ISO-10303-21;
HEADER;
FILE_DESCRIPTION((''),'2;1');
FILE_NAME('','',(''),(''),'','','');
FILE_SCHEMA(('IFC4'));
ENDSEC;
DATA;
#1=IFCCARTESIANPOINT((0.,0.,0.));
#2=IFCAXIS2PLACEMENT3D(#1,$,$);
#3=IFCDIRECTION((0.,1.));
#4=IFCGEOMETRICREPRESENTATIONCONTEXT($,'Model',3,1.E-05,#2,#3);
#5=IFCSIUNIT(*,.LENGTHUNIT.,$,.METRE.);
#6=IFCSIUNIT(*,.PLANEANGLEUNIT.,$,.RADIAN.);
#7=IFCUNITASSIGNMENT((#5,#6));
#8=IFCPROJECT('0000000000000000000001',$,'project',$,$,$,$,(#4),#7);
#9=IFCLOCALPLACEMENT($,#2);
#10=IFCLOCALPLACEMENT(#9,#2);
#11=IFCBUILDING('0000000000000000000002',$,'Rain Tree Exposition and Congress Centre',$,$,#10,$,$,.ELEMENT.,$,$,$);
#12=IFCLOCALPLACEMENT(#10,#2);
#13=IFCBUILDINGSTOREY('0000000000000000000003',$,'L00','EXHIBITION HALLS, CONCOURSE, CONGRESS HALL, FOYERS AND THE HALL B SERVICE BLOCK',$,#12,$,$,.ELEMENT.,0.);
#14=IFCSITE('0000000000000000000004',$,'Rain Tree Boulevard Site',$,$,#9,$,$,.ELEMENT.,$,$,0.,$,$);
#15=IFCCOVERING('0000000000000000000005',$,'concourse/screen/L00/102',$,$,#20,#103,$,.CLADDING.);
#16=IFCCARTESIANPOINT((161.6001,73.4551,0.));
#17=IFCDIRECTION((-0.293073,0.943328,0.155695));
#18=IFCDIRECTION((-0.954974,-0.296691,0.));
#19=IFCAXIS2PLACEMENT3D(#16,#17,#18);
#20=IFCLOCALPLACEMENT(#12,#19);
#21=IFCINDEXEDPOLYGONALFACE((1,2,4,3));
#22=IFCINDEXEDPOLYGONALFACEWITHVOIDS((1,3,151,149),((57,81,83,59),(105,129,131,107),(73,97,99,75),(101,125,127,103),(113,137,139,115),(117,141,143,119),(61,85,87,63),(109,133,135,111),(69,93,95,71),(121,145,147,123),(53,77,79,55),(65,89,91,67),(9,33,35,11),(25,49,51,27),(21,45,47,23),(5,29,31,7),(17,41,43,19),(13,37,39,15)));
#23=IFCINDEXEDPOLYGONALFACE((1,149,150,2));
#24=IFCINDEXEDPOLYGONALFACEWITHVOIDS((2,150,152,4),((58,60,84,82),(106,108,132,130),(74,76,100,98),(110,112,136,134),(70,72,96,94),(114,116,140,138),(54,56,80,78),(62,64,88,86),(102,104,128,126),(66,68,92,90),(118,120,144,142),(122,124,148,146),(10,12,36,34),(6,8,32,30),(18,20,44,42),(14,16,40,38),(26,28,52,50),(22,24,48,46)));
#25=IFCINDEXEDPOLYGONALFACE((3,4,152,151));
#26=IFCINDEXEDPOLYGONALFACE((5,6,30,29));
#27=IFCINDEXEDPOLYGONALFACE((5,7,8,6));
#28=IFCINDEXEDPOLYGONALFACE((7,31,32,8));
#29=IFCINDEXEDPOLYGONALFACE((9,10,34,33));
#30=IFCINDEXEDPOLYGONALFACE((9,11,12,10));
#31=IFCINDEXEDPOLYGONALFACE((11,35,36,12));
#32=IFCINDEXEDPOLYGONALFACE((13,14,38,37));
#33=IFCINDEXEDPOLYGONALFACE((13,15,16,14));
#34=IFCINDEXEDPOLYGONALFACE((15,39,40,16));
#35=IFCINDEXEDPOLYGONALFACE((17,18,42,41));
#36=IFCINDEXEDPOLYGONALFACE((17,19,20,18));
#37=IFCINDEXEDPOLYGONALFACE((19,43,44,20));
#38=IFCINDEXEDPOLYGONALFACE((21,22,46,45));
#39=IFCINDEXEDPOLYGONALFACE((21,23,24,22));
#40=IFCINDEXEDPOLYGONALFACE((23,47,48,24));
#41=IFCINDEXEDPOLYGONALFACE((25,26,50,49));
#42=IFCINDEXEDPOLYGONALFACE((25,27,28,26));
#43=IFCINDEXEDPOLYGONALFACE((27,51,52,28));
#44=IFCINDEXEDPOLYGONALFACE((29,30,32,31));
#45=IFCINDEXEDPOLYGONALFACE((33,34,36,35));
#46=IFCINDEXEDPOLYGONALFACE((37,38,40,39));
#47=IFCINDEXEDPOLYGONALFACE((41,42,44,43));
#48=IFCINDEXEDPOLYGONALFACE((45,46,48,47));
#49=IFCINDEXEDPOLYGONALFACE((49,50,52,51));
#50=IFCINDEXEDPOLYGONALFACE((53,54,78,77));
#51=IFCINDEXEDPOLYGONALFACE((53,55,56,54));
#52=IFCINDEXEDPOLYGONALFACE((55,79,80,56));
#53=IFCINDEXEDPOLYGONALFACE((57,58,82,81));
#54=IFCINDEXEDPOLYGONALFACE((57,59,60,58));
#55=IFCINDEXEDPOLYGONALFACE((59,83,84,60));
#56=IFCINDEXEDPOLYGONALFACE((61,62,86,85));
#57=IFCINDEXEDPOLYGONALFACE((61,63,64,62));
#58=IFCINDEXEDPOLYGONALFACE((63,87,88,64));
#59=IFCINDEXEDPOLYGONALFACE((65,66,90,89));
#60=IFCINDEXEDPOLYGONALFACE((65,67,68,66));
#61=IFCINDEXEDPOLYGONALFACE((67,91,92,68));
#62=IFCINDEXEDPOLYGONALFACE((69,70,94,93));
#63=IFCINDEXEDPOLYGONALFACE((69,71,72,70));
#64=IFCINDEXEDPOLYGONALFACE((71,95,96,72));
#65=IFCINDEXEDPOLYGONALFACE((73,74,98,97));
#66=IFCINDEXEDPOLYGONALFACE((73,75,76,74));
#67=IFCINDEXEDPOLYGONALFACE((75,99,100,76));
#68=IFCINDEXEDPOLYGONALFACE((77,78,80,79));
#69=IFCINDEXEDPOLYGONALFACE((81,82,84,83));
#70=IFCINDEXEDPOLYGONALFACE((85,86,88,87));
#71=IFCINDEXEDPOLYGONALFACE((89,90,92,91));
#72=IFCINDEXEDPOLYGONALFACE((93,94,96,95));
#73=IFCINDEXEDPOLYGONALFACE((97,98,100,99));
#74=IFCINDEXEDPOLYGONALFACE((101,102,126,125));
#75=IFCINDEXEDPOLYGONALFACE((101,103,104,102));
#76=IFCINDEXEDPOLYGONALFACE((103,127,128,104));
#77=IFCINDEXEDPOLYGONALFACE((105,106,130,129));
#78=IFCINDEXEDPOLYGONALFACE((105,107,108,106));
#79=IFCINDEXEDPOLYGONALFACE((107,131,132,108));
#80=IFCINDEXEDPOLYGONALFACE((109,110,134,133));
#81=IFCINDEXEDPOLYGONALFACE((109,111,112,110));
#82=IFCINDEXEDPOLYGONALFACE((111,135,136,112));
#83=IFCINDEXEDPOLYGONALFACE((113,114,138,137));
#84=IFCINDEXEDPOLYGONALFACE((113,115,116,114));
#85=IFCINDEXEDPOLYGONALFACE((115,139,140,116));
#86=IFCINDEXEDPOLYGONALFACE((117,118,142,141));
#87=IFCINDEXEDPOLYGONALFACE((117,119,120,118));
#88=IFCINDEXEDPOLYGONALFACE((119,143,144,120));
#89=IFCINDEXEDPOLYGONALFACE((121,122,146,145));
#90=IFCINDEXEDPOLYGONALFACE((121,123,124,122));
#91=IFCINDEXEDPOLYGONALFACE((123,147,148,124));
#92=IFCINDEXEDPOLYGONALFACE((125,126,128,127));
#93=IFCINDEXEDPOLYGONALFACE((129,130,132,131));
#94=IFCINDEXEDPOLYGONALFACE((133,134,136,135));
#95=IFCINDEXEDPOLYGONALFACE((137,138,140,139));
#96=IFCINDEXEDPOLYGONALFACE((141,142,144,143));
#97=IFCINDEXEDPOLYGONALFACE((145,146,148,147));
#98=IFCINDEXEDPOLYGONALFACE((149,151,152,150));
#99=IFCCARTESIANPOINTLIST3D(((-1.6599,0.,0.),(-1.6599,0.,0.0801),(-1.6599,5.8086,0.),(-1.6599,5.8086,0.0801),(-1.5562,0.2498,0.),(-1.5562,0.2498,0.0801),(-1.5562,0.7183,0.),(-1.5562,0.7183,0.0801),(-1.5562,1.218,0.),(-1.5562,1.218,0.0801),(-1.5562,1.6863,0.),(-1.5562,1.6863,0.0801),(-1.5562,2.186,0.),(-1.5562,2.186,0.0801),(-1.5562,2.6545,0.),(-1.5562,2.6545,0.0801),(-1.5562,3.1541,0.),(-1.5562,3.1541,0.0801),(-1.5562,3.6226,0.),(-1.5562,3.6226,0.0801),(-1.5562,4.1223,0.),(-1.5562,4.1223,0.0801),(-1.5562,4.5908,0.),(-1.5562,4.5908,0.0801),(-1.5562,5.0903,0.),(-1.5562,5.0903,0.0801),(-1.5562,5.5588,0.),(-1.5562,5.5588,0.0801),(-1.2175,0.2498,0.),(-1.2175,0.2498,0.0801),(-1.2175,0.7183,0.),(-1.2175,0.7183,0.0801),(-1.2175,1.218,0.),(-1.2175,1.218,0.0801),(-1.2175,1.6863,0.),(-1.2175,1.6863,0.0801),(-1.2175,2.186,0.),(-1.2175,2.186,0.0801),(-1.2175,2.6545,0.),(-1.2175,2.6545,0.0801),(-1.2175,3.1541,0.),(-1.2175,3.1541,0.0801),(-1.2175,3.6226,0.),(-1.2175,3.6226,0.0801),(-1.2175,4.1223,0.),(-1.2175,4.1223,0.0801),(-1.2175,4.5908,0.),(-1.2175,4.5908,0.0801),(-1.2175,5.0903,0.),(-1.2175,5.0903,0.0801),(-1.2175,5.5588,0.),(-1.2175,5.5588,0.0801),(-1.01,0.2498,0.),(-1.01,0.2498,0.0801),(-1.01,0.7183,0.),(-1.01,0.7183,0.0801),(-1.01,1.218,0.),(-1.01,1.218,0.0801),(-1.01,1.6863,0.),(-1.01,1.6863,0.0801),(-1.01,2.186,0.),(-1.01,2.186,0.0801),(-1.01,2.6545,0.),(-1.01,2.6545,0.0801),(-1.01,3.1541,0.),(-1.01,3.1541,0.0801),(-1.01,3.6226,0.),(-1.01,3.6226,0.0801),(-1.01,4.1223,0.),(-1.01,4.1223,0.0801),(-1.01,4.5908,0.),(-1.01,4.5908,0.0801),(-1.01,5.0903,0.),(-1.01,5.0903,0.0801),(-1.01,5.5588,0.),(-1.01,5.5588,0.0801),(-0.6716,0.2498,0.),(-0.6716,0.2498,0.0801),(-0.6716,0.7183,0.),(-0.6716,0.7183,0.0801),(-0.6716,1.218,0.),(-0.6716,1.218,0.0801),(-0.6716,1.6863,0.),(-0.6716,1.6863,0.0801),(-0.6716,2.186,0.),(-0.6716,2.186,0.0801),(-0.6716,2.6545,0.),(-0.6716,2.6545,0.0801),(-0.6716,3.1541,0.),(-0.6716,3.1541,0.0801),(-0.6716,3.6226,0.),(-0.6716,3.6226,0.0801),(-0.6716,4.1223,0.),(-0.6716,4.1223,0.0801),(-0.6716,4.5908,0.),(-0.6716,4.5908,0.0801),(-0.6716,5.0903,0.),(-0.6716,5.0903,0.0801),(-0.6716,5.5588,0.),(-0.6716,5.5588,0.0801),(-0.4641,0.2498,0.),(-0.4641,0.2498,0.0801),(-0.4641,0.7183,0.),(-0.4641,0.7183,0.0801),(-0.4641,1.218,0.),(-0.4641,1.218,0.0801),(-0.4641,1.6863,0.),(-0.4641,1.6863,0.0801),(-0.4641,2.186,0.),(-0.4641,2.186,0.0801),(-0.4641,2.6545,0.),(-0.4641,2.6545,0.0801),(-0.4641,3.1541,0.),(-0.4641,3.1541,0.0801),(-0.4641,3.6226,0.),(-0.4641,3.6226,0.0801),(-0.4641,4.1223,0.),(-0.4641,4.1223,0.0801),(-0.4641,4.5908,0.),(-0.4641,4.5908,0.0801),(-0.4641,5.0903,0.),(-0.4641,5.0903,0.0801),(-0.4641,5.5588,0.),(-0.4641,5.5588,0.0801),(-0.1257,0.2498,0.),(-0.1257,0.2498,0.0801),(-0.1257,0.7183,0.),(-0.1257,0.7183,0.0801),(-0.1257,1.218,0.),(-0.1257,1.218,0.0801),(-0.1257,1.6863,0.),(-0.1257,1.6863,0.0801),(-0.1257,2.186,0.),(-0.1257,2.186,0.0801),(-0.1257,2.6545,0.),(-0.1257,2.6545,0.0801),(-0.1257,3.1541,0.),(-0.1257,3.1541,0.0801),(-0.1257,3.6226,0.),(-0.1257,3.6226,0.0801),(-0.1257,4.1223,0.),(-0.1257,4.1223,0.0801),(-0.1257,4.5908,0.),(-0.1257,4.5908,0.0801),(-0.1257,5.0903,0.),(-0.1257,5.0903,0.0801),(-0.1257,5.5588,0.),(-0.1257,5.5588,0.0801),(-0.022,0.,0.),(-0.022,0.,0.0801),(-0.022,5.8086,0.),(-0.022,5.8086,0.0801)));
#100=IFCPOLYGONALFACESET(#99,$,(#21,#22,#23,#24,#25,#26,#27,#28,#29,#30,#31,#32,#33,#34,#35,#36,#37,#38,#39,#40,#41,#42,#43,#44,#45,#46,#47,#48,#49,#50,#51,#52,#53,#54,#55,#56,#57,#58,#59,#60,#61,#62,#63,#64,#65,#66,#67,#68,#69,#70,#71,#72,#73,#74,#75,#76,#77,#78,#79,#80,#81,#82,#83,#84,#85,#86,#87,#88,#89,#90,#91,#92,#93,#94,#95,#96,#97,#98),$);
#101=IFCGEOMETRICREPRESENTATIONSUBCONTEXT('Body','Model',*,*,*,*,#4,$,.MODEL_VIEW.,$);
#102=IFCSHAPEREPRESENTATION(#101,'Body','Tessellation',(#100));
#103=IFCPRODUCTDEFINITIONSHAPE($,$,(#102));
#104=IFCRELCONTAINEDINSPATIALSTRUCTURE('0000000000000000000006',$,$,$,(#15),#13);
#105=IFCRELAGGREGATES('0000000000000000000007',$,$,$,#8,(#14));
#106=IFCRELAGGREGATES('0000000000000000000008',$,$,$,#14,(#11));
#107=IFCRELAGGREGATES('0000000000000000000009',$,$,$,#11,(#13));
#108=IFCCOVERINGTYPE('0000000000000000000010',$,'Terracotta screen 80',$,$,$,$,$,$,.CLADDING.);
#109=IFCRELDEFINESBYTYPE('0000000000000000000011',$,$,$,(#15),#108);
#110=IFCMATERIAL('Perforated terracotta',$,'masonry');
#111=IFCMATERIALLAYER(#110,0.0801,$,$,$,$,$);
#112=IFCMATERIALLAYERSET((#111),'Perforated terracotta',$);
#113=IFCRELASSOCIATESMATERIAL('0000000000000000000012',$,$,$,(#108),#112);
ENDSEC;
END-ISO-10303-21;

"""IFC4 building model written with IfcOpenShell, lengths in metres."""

from ifc_helpers import new_model, si_unit, direction, frame, origin, place, context, subcontext, project, spatial, polyline, outline, extrude, material, layer, layer_set, type_object, element, save


model = new_model("IFC4")

# Units and contexts
model_context = context("Model", 3, precision=1e-05, world=origin(), true_north=direction((0.0, 1.0)))
body_context = subcontext(model_context, "Body", "Model", "MODEL_VIEW")
ifc_project = project(units=[si_unit("LENGTHUNIT", "METRE"), si_unit("PLANEANGLEUNIT", "RADIAN")], contexts=[model_context])

# Site, building, storey
site_placement = place(None, origin())
site = spatial("IfcSite", under=ifc_project, at=site_placement, Name="Rain Tree Boulevard Site", CompositionType="ELEMENT", RefElevation=0.0)
building_placement = place(site_placement, origin())
building = spatial("IfcBuilding", under=site, at=building_placement, Name="Rain Tree Exposition and Congress Centre", CompositionType="ELEMENT")
storey_placement = place(building_placement, origin())
storey = spatial("IfcBuildingStorey", under=building, at=storey_placement, Name="L00", Description="EXHIBITION HALLS, CONCOURSE, CONGRESS HALL, FOYERS AND THE HALL B SERVICE BLOCK", CompositionType="ELEMENT", Elevation=0.0)

# Covering
ifc_material_1 = material(Name="Perforated terracotta", Category="masonry")
ifc_layer_1 = layer(ifc_material_1, 0.0801)
ifc_layer_set_1 = layer_set([ifc_layer_1], Name="Perforated terracotta")
covering_type = type_object("IfcCoveringType", Name="Terracotta screen 80", PredefinedType="CLADDING", material=ifc_layer_set_1)
covering_1_placement = place(storey_placement, frame((161.6001, 73.4551, 0.0), z_axis=(-0.293073, 0.943328, 0.155695), x_axis=(-0.954974, -0.296691, 0.0)))
element("IfcCovering", 1, at=covering_1_placement, inside=storey, type_object=covering_type, Name="concourse/screen/L00/102", PredefinedType="CLADDING", context=body_context, shape_type="SweptSolid", body=[
    extrude(outline(polyline([(-0.022, 0.0), (-1.6599, 0.0), (-1.6599, 5.8086), (-0.022, 5.8086), (-0.022, 0.0)]), holes=[polyline([(-0.1257, 0.2498), (-0.1257, 0.7183), (-0.4641, 0.7183), (-0.4641, 0.2498), (-0.1257, 0.2498)]), polyline([(-0.1257, 1.218), (-0.1257, 1.6863), (-0.4641, 1.6863), (-0.4641, 1.218), (-0.1257, 1.218)]), polyline([(-0.1257, 2.186), (-0.1257, 2.6545), (-0.4641, 2.6545), (-0.4641, 2.186), (-0.1257, 2.186)]), polyline([(-0.1257, 3.1541), (-0.1257, 3.6226), (-0.4641, 3.6226), (-0.4641, 3.1541), (-0.1257, 3.1541)]), polyline([(-0.1257, 4.1223), (-0.1257, 4.5908), (-0.4641, 4.5908), (-0.4641, 4.1223), (-0.1257, 4.1223)]), polyline([(-0.1257, 5.0903), (-0.1257, 5.5588), (-0.4641, 5.5588), (-0.4641, 5.0903), (-0.1257, 5.0903)]), polyline([(-0.6716, 0.2498), (-0.6716, 0.7183), (-1.01, 0.7183), (-1.01, 0.2498), (-0.6716, 0.2498)]), polyline([(-0.6716, 1.218), (-0.6716, 1.6863), (-1.01, 1.6863), (-1.01, 1.218), (-0.6716, 1.218)]), polyline([(-0.6716, 2.186), (-0.6716, 2.6545), (-1.01, 2.6545), (-1.01, 2.186), (-0.6716, 2.186)]), polyline([(-0.6716, 3.1541), (-0.6716, 3.6226), (-1.01, 3.6226), (-1.01, 3.1541), (-0.6716, 3.1541)]), polyline([(-0.6716, 4.1223), (-0.6716, 4.5908), (-1.01, 4.5908), (-1.01, 4.1223), (-0.6716, 4.1223)]), polyline([(-0.6716, 5.0903), (-0.6716, 5.5588), (-1.01, 5.5588), (-1.01, 5.0903), (-0.6716, 5.0903)]), polyline([(-1.2175, 0.2498), (-1.2175, 0.7183), (-1.5562, 0.7183), (-1.5562, 0.2498), (-1.2175, 0.2498)]), polyline([(-1.2175, 1.218), (-1.2175, 1.6863), (-1.5562, 1.6863), (-1.5562, 1.218), (-1.2175, 1.218)]), polyline([(-1.2175, 2.186), (-1.2175, 2.6545), (-1.5562, 2.6545), (-1.5562, 2.186), (-1.2175, 2.186)]), polyline([(-1.2175, 3.1541), (-1.2175, 3.6226), (-1.5562, 3.6226), (-1.5562, 3.1541), (-1.2175, 3.1541)]), polyline([(-1.2175, 4.1223), (-1.2175, 4.5908), (-1.5562, 4.5908), (-1.5562, 4.1223), (-1.2175, 4.1223)]), polyline([(-1.2175, 5.0903), (-1.2175, 5.5588), (-1.5562, 5.5588), (-1.5562, 5.0903), (-1.2175, 5.0903)])]), origin(), (0.0, 0.0, 1.0), 0.0801),
])

save(model, "model.ifc")
